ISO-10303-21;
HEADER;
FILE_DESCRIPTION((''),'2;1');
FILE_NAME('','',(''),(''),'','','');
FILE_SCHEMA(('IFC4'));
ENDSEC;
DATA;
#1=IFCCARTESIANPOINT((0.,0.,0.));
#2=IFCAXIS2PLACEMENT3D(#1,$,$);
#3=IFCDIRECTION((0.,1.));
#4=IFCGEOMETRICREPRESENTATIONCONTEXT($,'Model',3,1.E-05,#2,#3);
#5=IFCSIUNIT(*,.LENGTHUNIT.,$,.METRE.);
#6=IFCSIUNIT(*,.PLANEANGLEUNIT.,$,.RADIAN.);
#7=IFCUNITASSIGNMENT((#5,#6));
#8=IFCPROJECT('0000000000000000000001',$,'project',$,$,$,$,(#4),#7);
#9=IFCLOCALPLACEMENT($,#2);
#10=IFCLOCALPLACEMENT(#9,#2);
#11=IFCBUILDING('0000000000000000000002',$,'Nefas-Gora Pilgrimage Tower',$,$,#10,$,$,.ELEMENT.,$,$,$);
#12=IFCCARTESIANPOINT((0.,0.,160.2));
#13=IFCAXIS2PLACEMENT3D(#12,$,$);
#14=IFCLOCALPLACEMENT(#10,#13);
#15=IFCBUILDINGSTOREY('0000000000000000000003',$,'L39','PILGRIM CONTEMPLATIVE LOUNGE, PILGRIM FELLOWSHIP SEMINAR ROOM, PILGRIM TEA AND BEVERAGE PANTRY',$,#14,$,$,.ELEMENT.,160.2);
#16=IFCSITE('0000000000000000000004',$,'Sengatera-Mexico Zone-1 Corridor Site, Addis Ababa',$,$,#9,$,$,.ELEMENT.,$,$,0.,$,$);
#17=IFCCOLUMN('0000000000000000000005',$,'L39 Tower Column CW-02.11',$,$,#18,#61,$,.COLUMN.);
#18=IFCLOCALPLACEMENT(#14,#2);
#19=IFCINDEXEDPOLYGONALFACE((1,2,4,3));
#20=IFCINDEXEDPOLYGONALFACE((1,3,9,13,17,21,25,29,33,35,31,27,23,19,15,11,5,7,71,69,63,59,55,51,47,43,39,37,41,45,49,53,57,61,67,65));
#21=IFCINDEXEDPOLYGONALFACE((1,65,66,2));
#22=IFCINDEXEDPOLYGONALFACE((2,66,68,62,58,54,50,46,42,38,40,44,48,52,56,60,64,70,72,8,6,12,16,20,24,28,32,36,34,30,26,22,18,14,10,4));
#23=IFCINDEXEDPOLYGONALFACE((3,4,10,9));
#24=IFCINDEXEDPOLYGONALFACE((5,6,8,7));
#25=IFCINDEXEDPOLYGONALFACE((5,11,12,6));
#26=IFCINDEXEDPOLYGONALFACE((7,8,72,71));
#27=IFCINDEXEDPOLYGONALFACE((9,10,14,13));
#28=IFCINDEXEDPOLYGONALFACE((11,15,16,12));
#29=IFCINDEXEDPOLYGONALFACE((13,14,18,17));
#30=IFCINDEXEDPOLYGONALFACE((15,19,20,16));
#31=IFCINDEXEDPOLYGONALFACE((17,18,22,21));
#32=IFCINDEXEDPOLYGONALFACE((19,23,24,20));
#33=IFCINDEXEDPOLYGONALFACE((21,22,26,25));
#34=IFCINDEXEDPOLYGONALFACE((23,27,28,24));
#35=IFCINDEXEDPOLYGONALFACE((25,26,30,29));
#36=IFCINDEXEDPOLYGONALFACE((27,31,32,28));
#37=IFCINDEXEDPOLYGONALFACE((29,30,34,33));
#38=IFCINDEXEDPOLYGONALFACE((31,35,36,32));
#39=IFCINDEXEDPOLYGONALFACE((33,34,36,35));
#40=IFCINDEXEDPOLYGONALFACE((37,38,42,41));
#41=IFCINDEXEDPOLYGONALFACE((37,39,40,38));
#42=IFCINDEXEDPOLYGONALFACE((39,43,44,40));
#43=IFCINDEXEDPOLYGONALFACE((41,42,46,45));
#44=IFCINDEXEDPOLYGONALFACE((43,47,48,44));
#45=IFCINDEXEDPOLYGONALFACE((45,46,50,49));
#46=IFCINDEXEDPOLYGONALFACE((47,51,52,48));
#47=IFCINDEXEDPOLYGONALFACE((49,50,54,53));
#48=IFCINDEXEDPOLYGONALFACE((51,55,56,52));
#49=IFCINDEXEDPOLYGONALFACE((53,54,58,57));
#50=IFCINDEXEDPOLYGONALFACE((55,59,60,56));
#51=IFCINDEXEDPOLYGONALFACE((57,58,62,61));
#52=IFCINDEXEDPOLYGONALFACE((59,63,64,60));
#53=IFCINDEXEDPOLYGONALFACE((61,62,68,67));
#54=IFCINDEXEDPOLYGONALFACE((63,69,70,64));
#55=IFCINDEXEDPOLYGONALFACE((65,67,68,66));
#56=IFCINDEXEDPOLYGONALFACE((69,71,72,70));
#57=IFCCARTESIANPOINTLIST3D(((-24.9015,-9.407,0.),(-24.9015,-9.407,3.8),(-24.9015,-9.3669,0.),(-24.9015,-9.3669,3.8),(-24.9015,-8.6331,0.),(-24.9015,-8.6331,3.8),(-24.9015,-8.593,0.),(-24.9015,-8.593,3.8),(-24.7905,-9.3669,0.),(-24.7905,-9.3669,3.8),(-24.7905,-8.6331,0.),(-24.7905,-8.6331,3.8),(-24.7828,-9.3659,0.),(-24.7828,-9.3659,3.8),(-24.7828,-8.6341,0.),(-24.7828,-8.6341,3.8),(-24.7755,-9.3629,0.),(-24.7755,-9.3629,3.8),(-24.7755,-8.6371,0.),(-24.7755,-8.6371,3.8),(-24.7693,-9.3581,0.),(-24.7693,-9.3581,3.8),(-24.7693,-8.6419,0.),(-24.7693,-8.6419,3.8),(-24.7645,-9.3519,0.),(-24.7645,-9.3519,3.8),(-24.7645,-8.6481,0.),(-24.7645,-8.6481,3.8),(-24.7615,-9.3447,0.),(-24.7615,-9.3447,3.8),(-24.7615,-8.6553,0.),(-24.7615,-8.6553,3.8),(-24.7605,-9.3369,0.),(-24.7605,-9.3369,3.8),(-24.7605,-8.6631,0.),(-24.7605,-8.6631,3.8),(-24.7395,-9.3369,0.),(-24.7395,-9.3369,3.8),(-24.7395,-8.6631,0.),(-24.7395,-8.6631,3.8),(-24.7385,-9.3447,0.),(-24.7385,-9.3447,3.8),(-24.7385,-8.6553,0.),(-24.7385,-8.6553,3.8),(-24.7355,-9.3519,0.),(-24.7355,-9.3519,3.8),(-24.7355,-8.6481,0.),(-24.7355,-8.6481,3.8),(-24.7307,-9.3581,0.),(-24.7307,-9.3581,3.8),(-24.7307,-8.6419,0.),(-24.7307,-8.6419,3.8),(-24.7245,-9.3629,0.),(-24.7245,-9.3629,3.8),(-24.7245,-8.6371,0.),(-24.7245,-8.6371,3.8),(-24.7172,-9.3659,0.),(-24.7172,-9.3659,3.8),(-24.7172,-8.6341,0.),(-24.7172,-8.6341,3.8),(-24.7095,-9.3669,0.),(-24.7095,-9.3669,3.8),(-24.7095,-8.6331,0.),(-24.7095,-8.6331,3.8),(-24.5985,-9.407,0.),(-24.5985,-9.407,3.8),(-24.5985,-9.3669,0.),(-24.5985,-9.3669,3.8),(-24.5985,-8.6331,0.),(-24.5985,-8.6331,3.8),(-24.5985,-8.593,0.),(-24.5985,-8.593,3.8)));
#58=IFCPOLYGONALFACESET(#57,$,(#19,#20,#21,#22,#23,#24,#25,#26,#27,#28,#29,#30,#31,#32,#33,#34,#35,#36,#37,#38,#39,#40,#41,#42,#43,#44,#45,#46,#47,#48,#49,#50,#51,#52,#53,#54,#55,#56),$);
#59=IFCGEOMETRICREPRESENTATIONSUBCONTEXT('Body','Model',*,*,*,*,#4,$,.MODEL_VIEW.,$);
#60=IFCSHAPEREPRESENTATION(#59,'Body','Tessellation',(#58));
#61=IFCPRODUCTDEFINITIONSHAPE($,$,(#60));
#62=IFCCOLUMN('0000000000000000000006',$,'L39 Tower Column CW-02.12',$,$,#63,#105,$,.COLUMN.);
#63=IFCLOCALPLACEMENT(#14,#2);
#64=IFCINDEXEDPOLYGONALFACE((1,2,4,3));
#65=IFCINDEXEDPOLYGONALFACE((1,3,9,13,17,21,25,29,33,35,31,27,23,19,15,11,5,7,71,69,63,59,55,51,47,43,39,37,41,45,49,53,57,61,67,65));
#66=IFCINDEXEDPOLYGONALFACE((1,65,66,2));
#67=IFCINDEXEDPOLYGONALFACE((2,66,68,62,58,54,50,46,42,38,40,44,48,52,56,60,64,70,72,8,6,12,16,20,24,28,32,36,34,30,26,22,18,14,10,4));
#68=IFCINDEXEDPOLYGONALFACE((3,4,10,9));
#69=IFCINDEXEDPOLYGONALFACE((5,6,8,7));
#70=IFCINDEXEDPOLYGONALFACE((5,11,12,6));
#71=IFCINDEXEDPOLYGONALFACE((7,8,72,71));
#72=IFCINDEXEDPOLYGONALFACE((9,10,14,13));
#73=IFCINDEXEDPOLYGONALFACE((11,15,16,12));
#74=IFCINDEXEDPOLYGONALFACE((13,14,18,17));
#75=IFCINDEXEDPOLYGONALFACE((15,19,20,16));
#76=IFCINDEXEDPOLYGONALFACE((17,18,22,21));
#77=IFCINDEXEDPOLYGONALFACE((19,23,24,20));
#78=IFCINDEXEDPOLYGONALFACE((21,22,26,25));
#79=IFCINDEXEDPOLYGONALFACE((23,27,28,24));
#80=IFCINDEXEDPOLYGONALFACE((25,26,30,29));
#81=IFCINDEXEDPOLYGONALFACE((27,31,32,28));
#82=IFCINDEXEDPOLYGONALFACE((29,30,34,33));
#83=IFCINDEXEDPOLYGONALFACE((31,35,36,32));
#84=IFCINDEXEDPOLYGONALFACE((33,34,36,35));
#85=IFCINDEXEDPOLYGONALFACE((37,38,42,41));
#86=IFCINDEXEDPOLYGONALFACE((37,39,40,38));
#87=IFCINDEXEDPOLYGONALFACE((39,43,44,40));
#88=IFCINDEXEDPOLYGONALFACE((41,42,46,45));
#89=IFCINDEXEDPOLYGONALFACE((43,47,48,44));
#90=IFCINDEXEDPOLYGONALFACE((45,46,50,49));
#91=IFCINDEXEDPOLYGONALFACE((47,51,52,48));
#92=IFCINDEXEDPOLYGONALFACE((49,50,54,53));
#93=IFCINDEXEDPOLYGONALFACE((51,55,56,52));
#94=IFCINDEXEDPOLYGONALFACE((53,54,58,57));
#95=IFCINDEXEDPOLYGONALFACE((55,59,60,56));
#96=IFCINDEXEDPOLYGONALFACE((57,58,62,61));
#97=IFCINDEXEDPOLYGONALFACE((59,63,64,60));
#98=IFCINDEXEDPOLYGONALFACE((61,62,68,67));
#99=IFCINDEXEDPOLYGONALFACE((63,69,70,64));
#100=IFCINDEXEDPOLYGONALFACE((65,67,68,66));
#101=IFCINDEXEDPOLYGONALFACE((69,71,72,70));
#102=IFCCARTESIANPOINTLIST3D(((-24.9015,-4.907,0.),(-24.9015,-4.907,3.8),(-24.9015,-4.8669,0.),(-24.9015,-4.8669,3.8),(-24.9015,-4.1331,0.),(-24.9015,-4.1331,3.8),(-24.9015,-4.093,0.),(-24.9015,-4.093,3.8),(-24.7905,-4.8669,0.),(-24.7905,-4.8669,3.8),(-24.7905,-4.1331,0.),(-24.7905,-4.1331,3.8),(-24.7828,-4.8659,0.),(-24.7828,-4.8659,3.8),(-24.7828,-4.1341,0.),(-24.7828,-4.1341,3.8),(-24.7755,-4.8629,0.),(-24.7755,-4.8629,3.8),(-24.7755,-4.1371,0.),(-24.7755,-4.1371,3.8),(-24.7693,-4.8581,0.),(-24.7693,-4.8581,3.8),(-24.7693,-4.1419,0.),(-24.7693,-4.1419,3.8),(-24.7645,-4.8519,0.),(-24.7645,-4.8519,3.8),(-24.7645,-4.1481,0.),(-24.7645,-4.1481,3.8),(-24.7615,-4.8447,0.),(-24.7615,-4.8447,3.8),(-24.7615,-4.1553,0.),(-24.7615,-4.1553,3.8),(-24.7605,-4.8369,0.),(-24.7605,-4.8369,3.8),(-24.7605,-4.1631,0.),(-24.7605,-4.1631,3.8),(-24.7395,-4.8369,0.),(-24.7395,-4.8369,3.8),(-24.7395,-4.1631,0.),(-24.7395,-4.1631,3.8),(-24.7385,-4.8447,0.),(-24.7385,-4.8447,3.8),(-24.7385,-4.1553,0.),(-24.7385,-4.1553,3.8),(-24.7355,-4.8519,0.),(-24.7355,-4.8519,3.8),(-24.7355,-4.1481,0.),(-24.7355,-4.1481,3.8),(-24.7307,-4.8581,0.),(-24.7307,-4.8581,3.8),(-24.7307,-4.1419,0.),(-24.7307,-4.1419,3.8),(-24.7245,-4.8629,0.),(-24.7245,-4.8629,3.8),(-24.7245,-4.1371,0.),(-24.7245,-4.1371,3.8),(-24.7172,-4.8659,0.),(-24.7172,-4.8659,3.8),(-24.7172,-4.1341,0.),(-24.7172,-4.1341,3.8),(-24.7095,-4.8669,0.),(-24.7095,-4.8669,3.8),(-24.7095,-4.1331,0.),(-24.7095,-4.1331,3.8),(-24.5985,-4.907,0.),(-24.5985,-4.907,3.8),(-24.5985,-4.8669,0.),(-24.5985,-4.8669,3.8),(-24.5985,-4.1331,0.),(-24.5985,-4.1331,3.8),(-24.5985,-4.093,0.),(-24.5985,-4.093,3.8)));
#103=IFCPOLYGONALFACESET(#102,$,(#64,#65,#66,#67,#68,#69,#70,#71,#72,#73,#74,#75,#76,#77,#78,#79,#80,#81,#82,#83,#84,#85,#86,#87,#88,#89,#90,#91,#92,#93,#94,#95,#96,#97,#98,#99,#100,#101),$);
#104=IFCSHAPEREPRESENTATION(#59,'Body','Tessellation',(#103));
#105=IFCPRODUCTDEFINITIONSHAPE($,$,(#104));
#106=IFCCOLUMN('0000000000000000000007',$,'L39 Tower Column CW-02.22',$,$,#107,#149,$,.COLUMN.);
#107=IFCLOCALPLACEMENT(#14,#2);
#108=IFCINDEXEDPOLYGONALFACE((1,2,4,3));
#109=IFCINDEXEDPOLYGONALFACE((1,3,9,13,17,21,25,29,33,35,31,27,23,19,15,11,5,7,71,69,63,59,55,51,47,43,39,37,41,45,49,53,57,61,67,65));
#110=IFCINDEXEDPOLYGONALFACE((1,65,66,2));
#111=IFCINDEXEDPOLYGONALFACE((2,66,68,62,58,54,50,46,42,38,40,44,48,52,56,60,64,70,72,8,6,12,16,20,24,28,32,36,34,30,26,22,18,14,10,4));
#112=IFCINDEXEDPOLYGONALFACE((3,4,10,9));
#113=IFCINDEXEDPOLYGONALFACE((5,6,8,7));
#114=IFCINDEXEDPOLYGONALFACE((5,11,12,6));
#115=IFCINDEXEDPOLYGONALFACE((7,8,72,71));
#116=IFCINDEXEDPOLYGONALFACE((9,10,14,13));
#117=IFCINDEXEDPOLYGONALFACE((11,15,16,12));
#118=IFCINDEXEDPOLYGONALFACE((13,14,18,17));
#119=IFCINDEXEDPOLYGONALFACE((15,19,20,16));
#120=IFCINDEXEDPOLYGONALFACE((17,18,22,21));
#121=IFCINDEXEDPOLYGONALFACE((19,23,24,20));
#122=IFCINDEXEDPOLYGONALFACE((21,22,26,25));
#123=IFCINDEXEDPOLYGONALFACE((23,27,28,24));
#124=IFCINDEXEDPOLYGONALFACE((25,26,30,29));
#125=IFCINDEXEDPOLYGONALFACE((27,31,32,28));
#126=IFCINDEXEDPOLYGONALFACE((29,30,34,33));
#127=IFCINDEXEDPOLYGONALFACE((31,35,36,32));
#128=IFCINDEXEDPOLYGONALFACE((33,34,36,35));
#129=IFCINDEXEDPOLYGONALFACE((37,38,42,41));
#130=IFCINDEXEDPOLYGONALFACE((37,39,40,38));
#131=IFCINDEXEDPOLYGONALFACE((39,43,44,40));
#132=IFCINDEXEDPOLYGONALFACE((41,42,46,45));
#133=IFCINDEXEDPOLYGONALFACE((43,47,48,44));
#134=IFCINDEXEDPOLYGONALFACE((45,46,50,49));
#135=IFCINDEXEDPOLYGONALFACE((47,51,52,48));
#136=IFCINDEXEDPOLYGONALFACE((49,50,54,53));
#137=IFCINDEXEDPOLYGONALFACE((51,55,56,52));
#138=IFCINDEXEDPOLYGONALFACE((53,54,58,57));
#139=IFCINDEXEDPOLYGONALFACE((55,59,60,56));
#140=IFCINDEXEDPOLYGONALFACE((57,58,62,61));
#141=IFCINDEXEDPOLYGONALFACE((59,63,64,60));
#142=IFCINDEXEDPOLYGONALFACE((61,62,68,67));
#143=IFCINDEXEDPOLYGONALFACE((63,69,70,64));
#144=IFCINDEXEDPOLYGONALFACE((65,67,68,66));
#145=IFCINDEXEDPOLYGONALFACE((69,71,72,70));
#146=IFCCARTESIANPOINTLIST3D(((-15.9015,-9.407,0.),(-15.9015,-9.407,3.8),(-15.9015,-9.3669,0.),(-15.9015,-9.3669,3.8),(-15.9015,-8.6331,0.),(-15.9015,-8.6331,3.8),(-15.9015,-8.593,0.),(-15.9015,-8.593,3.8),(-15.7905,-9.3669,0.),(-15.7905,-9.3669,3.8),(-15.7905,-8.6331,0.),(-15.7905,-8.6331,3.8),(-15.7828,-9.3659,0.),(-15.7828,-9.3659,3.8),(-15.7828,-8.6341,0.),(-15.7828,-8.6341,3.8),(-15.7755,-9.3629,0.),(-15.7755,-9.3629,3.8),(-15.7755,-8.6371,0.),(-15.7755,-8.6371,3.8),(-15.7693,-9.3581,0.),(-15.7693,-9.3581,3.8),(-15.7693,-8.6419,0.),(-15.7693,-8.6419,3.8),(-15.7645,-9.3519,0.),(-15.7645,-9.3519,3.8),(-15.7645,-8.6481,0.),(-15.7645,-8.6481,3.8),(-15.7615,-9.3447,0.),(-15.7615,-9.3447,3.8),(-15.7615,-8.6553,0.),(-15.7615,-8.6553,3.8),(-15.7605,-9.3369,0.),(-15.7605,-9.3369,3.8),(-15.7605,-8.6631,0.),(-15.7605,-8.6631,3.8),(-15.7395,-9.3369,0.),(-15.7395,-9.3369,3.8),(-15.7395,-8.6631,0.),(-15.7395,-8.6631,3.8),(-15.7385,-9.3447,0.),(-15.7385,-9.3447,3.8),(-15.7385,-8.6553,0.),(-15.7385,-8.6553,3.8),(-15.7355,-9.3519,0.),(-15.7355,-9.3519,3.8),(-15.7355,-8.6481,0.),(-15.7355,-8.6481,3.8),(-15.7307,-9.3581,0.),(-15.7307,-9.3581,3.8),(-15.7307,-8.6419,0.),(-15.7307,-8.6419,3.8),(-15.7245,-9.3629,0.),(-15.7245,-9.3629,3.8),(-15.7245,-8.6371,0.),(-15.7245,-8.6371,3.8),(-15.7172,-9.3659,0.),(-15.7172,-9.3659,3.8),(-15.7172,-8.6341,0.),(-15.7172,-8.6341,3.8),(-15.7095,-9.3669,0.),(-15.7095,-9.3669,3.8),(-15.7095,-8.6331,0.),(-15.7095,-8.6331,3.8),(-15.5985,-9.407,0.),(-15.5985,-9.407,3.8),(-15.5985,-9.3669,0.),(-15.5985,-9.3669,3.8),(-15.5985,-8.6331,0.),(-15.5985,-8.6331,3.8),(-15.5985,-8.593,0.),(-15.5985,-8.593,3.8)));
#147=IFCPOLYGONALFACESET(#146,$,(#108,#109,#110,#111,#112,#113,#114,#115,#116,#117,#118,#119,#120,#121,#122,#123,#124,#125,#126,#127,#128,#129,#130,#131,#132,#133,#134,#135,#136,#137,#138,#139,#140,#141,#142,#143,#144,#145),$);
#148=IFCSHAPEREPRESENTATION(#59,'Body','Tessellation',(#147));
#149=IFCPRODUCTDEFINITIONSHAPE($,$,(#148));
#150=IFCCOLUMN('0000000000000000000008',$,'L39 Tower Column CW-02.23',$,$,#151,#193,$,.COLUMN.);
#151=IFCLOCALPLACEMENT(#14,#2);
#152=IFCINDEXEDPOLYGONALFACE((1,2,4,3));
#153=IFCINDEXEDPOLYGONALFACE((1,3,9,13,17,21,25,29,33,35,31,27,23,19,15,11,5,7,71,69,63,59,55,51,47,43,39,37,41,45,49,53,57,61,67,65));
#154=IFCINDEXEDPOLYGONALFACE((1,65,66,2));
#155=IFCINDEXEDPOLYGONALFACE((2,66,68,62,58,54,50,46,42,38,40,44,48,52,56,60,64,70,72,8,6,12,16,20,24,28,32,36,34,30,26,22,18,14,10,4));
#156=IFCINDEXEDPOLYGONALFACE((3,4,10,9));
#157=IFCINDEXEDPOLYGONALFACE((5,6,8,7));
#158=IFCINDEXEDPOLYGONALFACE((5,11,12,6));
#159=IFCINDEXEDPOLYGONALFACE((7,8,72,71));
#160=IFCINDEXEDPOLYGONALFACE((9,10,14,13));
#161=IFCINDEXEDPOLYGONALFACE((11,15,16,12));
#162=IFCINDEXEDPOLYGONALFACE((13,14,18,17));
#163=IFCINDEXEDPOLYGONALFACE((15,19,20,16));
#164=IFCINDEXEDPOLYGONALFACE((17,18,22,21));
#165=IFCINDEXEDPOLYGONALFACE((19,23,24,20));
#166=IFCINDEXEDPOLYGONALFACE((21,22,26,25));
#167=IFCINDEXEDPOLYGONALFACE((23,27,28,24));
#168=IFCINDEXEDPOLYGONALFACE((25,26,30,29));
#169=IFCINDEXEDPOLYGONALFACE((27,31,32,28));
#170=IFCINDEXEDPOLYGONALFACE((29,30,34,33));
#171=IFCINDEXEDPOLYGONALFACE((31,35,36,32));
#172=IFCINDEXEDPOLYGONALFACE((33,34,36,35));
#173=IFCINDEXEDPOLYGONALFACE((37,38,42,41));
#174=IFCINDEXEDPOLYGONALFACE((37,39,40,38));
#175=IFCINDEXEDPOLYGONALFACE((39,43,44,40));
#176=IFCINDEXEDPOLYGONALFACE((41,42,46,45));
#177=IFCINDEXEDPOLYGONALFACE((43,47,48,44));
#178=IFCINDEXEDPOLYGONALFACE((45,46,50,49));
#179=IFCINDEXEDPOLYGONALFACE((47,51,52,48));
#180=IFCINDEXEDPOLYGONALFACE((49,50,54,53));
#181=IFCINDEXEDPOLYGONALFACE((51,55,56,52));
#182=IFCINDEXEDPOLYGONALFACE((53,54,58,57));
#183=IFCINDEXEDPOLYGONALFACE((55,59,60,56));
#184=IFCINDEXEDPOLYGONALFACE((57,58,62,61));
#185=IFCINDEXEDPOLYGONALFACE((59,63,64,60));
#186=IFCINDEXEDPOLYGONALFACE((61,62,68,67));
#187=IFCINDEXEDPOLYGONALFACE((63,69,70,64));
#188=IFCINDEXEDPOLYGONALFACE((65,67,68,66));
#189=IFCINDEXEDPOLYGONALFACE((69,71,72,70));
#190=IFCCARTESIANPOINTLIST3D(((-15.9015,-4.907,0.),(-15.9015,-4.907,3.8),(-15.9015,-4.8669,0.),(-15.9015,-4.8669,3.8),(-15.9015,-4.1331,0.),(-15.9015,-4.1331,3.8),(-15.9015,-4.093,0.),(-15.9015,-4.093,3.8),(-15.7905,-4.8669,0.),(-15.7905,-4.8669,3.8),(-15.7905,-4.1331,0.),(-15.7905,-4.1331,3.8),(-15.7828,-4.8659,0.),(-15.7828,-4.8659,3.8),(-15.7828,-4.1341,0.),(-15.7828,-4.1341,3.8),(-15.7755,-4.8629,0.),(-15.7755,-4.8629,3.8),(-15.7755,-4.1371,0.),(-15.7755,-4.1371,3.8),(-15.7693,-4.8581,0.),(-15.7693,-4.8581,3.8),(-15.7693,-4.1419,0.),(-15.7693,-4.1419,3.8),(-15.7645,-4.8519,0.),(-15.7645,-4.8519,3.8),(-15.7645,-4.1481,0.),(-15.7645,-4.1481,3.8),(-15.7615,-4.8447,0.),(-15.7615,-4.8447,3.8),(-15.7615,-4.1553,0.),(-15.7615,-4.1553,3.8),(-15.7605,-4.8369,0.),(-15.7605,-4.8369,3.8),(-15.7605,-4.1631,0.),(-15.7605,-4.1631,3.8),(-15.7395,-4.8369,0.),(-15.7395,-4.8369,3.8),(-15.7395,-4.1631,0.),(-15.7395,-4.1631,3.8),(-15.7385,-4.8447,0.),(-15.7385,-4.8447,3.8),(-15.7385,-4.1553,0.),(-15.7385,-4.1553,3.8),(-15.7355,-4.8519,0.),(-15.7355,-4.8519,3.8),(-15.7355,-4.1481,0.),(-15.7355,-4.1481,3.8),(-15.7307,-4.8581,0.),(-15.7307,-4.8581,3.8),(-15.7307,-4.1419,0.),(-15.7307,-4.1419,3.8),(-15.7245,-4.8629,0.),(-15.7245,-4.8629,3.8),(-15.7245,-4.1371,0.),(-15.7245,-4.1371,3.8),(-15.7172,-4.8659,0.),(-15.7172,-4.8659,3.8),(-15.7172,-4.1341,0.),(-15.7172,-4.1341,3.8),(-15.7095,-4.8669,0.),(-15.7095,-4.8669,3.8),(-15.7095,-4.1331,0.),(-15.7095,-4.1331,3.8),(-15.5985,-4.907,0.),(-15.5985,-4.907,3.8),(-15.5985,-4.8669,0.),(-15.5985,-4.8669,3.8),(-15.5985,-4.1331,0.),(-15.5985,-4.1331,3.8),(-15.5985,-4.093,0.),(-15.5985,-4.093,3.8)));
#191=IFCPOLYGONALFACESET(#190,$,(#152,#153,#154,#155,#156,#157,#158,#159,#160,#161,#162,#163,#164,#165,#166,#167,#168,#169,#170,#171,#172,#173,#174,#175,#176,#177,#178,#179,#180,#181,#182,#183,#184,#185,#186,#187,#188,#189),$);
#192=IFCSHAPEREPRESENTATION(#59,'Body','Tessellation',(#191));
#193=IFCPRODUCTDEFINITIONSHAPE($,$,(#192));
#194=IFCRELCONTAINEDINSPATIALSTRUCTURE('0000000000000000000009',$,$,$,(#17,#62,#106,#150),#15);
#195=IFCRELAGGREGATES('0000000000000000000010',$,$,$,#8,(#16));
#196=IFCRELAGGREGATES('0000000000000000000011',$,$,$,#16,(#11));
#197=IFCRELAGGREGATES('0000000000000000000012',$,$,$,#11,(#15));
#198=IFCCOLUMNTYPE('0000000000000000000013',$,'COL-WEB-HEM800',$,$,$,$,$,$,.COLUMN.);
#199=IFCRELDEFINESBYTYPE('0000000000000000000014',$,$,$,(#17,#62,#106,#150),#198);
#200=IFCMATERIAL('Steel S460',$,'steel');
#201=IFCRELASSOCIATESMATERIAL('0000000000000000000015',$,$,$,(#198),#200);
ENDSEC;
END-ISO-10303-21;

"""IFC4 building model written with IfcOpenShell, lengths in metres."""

from ifc_helpers import new_model, si_unit, direction, frame, origin, origin_2d, place, context, subcontext, project, spatial, i_section, extrude, source, transform, mapped, material, material_profile, profile_set, type_object, element, save


model = new_model("IFC4")

# Units and contexts
model_context = context("Model", 3, precision=1e-05, world=origin(), true_north=direction((0.0, 1.0)))
body_context = subcontext(model_context, "Body", "Model", "MODEL_VIEW")
ifc_project = project(units=[si_unit("LENGTHUNIT", "METRE"), si_unit("PLANEANGLEUNIT", "RADIAN")], contexts=[model_context])

# Site, building, storey
site_placement = place(None, origin())
site = spatial("IfcSite", under=ifc_project, at=site_placement, Name="Sengatera-Mexico Zone-1 Corridor Site, Addis Ababa", CompositionType="ELEMENT", RefElevation=0.0)
building_placement = place(site_placement, origin())
building = spatial("IfcBuilding", under=site, at=building_placement, Name="Nefas-Gora Pilgrimage Tower", CompositionType="ELEMENT")
storey_placement = place(building_placement, frame((0.0, 0.0, 160.2)))
storey = spatial("IfcBuildingStorey", under=building, at=storey_placement, Name="L39", Description="PILGRIM CONTEMPLATIVE LOUNGE, PILGRIM FELLOWSHIP SEMINAR ROOM, PILGRIM TEA AND BEVERAGE PANTRY", CompositionType="ELEMENT", Elevation=160.2)

# Columns
ifc_material_1 = material(Name="Steel S460", Category="steel")
ifc_material_profile_1 = material_profile(ifc_material_1, i_section(OverallWidth=0.303, OverallDepth=0.814, WebThickness=0.021, FlangeThickness=0.04, FilletRadius=0.03, at=origin_2d()), Name="HEM 800")
ifc_profile_set_1 = profile_set([ifc_material_profile_1], Name="Steel S460")
column_type_1 = type_object("IfcColumnType", Name="COL-WEB-HEM800", PredefinedType="COLUMN", material=ifc_profile_set_1)
shared_shape_1 = source(origin(), body_context, "Body", "SweptSolid", [
    extrude(i_section(OverallWidth=0.303, OverallDepth=0.814, WebThickness=0.021, FlangeThickness=0.04, FilletRadius=0.03, at=origin_2d()), origin(), (0.0, 0.0, 1.0), 3.8),
])
for number, where, z_axis, x_axis, name in (
    (1, (-24.75, -9.0, 0.0), (0.0, 0.0, 1.0), (1.0, 0.0, 0.0), "L39 Tower Column CW-02.11"),
    (2, (-24.75, -4.5, 0.0), (0.0, 0.0, 1.0), (1.0, 0.0, 0.0), "L39 Tower Column CW-02.12"),
    (3, (-15.75, -9.0, 0.0), (0.0, 0.0, 1.0), (1.0, 0.0, 0.0), "L39 Tower Column CW-02.22"),
    (4, (-15.75, -4.5, 0.0), (0.0, 0.0, 1.0), (1.0, 0.0, 0.0), "L39 Tower Column CW-02.23"),
):
    element("IfcColumn", number, at=place(storey_placement, frame(where, z_axis=z_axis, x_axis=x_axis)), inside=storey, type_object=column_type_1, Name=name, PredefinedType="COLUMN", context=body_context, shape_type="MappedRepresentation", body=[
        mapped(shared_shape_1, transform((0.0, 0.0, 0.0), x_axis=(1.0, 0.0, 0.0), y_axis=(0.0, 1.0, 0.0), z_axis=(0.0, 0.0, 1.0), scale=1.0)),
    ])

save(model, "model.ifc")
